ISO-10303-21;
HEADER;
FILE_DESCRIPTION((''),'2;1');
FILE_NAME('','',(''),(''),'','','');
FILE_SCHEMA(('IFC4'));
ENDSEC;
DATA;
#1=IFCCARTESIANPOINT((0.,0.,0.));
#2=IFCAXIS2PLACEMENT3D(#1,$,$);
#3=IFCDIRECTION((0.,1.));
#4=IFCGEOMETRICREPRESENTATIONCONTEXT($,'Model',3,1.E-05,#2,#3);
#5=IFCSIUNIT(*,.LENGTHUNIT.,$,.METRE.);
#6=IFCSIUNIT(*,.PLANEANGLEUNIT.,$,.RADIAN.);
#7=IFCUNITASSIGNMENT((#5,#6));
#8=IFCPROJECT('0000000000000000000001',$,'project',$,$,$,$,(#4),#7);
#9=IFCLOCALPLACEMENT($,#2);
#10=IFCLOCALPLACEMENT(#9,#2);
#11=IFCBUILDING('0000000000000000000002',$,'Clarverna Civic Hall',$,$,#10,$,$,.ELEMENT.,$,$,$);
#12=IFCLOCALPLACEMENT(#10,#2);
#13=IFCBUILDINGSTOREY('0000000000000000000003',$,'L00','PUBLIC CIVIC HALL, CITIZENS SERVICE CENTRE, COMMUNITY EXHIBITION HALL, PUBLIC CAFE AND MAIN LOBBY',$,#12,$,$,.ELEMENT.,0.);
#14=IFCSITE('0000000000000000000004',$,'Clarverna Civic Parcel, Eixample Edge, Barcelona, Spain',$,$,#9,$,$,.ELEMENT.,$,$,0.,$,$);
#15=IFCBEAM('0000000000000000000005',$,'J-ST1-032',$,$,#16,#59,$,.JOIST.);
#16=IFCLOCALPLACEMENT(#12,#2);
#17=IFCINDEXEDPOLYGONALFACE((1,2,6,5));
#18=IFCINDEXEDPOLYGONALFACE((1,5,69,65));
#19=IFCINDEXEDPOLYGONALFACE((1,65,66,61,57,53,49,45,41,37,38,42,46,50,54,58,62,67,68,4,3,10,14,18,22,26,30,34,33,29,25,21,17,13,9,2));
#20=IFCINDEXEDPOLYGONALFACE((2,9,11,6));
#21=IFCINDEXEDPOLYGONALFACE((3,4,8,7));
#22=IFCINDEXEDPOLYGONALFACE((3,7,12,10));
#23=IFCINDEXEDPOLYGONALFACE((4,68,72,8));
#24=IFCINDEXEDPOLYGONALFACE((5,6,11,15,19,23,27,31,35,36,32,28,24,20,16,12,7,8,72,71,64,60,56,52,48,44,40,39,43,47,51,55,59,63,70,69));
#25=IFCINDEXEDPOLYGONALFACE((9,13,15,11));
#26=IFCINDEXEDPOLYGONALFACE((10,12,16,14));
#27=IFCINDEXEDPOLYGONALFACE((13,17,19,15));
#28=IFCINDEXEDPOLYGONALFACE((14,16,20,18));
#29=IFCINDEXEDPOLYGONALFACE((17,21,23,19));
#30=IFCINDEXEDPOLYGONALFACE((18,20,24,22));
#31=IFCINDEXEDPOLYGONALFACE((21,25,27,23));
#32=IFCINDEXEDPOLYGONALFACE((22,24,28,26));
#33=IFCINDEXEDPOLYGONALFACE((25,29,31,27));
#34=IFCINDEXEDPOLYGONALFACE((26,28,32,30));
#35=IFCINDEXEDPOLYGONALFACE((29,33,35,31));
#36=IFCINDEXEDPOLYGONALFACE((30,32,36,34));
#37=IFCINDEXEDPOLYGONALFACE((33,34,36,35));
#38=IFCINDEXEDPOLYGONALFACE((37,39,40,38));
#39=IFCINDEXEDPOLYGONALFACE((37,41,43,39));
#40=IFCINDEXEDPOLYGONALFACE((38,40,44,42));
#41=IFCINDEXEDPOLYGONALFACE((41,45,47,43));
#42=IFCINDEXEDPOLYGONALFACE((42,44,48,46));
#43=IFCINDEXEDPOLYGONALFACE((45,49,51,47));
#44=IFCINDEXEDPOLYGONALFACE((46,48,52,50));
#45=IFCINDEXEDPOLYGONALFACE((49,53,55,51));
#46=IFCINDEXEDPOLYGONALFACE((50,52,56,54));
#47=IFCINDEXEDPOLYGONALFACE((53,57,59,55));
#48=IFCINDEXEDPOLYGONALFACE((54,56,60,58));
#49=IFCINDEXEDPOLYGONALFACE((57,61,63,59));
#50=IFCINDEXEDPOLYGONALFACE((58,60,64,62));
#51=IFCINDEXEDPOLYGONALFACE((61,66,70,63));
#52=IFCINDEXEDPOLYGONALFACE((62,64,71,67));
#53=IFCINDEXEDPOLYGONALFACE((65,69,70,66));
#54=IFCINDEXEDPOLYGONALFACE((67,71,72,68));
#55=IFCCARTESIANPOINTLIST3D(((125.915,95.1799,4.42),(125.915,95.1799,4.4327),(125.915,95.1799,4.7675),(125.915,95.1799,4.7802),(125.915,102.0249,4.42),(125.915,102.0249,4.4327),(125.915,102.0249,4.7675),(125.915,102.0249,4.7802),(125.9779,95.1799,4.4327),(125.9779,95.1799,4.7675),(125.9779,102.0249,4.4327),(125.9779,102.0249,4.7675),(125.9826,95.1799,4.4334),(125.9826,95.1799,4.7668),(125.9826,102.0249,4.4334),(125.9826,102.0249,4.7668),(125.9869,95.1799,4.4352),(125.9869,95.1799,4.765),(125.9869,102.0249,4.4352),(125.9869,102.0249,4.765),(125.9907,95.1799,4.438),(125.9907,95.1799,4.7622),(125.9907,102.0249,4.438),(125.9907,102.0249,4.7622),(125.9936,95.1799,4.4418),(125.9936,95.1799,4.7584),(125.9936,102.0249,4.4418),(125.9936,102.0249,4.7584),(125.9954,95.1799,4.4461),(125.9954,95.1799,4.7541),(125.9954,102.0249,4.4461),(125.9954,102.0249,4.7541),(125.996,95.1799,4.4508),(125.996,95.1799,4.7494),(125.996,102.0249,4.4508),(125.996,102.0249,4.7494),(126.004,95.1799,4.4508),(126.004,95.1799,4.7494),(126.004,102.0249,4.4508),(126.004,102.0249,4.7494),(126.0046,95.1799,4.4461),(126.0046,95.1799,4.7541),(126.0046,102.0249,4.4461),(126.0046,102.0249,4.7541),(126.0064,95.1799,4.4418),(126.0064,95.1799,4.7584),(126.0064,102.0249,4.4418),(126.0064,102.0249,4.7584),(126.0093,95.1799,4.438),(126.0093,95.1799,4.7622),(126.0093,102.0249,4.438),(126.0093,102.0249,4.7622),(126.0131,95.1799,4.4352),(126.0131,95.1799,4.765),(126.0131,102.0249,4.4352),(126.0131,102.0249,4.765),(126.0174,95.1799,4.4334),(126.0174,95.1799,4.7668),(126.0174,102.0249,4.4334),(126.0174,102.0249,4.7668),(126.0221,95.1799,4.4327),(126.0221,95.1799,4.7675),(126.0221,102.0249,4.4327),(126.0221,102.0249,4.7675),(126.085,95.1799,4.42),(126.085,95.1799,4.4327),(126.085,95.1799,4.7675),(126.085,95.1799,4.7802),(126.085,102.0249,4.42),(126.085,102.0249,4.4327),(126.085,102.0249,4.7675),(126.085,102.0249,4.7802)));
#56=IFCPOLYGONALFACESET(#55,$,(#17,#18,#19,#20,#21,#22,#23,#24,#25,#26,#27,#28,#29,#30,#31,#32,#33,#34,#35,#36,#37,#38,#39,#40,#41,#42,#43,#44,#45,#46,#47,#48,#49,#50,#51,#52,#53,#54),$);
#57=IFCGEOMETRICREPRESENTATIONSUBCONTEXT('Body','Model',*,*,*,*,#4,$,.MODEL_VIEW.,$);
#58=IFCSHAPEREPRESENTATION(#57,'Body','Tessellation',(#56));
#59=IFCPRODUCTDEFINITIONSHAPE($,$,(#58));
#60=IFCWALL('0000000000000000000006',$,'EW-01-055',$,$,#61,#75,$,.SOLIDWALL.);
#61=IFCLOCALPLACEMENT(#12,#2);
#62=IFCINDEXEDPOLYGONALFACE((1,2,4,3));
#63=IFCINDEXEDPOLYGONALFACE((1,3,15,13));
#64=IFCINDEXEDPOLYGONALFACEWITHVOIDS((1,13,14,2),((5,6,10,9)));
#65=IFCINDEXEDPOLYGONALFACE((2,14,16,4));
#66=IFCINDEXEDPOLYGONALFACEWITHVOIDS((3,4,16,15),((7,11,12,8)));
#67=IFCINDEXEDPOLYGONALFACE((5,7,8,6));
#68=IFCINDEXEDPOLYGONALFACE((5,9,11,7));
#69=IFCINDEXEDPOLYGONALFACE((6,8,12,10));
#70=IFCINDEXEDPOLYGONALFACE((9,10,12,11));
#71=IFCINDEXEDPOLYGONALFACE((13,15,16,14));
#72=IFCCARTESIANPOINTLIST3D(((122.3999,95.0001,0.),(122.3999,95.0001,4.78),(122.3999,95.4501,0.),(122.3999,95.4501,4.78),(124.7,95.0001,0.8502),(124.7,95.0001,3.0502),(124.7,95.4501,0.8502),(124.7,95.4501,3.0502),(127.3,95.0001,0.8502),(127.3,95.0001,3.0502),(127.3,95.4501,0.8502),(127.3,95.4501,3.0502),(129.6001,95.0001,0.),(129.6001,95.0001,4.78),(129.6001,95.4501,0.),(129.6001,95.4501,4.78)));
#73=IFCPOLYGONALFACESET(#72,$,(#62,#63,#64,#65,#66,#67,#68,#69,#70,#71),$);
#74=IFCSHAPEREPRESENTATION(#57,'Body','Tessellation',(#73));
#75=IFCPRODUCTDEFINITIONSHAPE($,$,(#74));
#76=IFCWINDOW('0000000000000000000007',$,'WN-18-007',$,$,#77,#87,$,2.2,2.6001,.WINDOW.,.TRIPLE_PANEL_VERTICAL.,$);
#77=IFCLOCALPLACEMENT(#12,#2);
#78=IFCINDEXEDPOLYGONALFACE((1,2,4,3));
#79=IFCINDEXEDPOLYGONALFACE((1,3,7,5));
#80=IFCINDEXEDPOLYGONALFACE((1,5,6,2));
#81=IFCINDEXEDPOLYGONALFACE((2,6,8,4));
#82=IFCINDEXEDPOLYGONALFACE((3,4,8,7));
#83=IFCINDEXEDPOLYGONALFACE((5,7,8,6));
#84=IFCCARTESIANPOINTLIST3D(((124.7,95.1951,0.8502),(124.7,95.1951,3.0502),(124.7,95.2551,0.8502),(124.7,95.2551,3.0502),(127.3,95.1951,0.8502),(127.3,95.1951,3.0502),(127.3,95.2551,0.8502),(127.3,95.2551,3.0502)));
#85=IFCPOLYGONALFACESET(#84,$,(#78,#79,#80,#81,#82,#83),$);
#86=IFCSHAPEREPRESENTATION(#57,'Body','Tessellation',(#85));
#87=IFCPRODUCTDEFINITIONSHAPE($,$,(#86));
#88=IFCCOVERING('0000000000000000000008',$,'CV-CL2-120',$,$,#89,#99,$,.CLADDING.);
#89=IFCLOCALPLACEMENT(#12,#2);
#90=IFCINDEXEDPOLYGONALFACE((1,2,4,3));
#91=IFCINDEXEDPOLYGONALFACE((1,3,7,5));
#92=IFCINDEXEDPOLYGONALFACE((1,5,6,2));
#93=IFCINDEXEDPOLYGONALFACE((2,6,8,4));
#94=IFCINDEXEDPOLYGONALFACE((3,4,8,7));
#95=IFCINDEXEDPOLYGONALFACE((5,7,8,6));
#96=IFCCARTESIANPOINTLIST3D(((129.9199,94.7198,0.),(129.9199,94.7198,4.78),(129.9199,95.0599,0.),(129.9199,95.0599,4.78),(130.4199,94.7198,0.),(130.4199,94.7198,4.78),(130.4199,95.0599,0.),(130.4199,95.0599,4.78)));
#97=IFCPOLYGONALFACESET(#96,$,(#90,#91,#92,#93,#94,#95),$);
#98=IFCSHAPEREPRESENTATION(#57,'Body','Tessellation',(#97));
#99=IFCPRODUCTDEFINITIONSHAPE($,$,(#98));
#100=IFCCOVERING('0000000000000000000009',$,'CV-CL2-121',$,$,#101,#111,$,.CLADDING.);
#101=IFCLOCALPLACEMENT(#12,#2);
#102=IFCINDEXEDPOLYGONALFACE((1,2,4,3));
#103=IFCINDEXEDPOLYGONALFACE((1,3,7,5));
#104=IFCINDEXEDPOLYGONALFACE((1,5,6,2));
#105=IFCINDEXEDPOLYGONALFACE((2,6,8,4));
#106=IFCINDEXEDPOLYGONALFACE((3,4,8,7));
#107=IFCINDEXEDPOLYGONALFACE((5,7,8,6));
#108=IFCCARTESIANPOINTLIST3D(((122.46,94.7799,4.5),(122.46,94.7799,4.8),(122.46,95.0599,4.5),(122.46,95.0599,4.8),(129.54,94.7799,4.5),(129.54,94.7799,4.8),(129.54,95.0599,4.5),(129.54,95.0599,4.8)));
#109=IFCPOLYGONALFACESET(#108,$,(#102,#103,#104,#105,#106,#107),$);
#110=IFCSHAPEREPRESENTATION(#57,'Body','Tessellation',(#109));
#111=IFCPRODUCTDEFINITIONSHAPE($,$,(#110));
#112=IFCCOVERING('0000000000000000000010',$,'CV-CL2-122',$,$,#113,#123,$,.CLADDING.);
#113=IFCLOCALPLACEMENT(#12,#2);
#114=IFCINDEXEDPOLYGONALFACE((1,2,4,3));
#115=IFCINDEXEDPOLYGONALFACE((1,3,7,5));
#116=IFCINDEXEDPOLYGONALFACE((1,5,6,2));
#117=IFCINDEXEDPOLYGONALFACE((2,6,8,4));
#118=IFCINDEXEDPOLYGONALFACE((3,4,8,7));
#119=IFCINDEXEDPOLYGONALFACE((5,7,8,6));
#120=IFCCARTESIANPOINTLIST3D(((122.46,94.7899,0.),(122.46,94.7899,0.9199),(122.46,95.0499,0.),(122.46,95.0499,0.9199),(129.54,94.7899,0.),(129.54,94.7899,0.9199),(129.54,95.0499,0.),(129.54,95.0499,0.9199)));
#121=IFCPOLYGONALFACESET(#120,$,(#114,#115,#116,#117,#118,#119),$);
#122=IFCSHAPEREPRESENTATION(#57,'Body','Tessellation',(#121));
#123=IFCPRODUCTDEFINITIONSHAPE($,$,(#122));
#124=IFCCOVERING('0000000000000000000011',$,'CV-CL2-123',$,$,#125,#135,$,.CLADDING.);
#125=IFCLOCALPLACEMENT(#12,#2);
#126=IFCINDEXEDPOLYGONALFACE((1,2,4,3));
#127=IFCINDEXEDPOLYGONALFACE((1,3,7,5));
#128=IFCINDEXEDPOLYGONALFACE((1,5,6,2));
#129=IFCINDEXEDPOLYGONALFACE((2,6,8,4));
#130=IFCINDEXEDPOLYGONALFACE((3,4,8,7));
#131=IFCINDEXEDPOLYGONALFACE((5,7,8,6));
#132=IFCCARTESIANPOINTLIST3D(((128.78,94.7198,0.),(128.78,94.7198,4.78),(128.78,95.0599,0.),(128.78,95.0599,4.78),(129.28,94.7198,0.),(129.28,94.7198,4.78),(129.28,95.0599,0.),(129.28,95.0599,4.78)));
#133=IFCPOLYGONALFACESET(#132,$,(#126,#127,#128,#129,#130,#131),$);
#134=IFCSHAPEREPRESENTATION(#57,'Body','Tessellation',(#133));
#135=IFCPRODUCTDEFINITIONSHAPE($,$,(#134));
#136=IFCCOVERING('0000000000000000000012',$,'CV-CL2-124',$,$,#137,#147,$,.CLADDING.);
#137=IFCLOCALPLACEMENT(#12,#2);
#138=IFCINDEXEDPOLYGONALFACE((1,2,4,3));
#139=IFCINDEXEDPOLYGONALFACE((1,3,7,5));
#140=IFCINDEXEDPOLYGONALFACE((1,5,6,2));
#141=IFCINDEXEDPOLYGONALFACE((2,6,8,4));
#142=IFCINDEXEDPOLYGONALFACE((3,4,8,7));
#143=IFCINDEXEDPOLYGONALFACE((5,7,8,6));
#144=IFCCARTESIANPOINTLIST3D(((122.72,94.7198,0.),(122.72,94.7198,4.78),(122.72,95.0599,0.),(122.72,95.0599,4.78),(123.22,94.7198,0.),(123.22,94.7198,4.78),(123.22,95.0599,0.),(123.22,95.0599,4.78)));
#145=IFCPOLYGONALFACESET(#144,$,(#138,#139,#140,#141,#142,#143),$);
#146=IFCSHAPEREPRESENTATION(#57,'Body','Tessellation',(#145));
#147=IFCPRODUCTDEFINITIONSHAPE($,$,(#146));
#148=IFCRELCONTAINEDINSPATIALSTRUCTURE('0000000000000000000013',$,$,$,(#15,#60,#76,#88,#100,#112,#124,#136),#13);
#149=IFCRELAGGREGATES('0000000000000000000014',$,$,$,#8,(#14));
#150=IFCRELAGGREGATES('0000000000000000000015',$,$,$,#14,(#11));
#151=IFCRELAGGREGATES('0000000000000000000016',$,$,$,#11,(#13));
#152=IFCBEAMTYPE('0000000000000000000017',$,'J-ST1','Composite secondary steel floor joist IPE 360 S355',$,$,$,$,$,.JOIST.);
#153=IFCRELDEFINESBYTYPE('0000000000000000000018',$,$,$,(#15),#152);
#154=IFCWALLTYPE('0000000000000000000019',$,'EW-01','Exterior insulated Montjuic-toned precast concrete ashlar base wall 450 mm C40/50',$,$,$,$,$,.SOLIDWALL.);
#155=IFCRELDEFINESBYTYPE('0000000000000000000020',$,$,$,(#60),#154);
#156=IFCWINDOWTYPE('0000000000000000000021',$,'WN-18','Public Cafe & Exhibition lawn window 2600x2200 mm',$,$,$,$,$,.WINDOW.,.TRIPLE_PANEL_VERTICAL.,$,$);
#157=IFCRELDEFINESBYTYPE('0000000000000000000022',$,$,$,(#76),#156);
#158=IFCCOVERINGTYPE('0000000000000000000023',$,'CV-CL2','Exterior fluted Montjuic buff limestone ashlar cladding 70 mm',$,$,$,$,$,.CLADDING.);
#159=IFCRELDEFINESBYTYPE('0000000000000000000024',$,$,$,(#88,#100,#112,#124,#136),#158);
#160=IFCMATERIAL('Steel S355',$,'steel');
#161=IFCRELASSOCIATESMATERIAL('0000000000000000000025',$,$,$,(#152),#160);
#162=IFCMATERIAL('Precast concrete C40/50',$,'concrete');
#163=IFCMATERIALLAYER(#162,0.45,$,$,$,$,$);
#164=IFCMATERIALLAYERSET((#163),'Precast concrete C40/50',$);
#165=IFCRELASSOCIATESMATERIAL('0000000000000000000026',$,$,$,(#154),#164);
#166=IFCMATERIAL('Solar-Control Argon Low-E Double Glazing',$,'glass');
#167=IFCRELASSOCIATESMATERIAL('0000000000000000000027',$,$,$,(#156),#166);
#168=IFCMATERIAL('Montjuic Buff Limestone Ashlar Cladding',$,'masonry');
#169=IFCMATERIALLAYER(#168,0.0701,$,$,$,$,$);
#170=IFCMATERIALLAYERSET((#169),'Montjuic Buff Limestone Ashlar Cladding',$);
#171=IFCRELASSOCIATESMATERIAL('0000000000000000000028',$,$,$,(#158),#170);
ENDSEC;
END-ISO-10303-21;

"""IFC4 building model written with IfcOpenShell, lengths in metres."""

from ifc_helpers import new_model, si_unit, direction, frame, frame_2d, origin, origin_2d, place, context, subcontext, project, spatial, rectangle, i_section, extrude, material, layer, layer_set, material_profile, profile_set, type_object, element, fill, save


model = new_model("IFC4")

# Units and contexts
model_context = context("Model", 3, precision=1e-05, world=origin(), true_north=direction((0.0, 1.0)))
body_context = subcontext(model_context, "Body", "Model", "MODEL_VIEW")
ifc_project = project(units=[si_unit("LENGTHUNIT", "METRE"), si_unit("PLANEANGLEUNIT", "RADIAN")], contexts=[model_context])

# Site, building, storey
site_placement = place(None, origin())
site = spatial("IfcSite", under=ifc_project, at=site_placement, Name="Clarverna Civic Parcel, Eixample Edge, Barcelona, Spain", CompositionType="ELEMENT", RefElevation=0.0)
building_placement = place(site_placement, origin())
building = spatial("IfcBuilding", under=site, at=building_placement, Name="Clarverna Civic Hall", CompositionType="ELEMENT")
storey_placement = place(building_placement, origin())
storey = spatial("IfcBuildingStorey", under=building, at=storey_placement, Name="L00", Description="PUBLIC CIVIC HALL, CITIZENS SERVICE CENTRE, COMMUNITY EXHIBITION HALL, PUBLIC CAFE AND MAIN LOBBY", CompositionType="ELEMENT", Elevation=0.0)

# Beam
ifc_material_1 = material(Name="Steel S355", Category="steel")
ifc_material_profile_1 = material_profile(ifc_material_1, i_section(OverallWidth=0.1699, OverallDepth=0.3601, WebThickness=0.0081, FlangeThickness=0.0127, FilletRadius=0.0181, at=origin_2d()), Name="IPE 360")
ifc_profile_set_1 = profile_set([ifc_material_profile_1], Name="Steel S355")
beam_type_1 = type_object("IfcBeamType", Name="J-ST1", Description="Composite secondary steel floor joist IPE 360 S355", PredefinedType="JOIST", material=ifc_profile_set_1)
beam_1_placement = place(storey_placement, frame((126.0, 95.1799, 4.6001), z_axis=(0.0, 1.0, 0.0), x_axis=(-1.0, 0.0, 0.0)))
element("IfcBeam", 1, at=beam_1_placement, inside=storey, type_object=beam_type_1, Name="J-ST1-032", PredefinedType="JOIST", context=body_context, shape_type="SweptSolid", body=[
    extrude(i_section(OverallWidth=0.1699, OverallDepth=0.3601, WebThickness=0.0081, FlangeThickness=0.0127, FilletRadius=0.0181, at=origin_2d()), origin(), (0.0, 0.0, 1.0), 6.845),
])

# Wall, opening, window
ifc_material_2 = material(Name="Precast concrete C40/50", Category="concrete")
ifc_layer_1 = layer(ifc_material_2, 0.45)
ifc_layer_set_1 = layer_set([ifc_layer_1], Name="Precast concrete C40/50")
wall_type = type_object("IfcWallType", Name="EW-01", Description="Exterior insulated Montjuic-toned precast concrete ashlar base wall 450 mm C40/50", PredefinedType="SOLIDWALL", material=ifc_layer_set_1)
wall_1_placement = place(storey_placement, frame((129.6001, 95.2251, 0.0), z_axis=(0.0, 0.0, 1.0), x_axis=(-1.0, 0.0, 0.0)))
wall_1 = element("IfcWall", 2, at=wall_1_placement, inside=storey, type_object=wall_type, Name="EW-01-055", PredefinedType="SOLIDWALL", context=body_context, shape_type="SweptSolid", body=[
    extrude(rectangle(XDim=7.2002, YDim=0.45, at=frame_2d((3.6001, 0.0))), origin(), (0.0, 0.0, 1.0), 4.78),
])
opening_1_placement = place(wall_1_placement, frame((2.3, 0.0, 0.8501)))
opening_1 = element("IfcOpeningElement", 3, at=opening_1_placement, cuts=wall_1, PredefinedType="OPENING", context=body_context, shape_type="SweptSolid", body=[
    extrude(rectangle(XDim=2.6001, YDim=2.2, at=frame_2d((1.3, 1.1001))), frame((0.0, 0.2349, 0.0), z_axis=(0.0, -1.0, 0.0), x_axis=(1.0, 0.0, 0.0)), (0.0, 0.0, 1.0), 0.47),
])
ifc_material_3 = material(Name="Solar-Control Argon Low-E Double Glazing", Category="glass")
window_type = type_object("IfcWindowType", Name="WN-18", Description="Public Cafe & Exhibition lawn window 2600x2200 mm", PartitioningType="TRIPLE_PANEL_VERTICAL", PredefinedType="WINDOW", material=ifc_material_3)
window_placement = place(opening_1_placement, origin())
window = element("IfcWindow", 4, at=window_placement, inside=storey, type_object=window_type, Name="WN-18-007", OverallHeight=2.2, OverallWidth=2.6001, PartitioningType="TRIPLE_PANEL_VERTICAL", PredefinedType="WINDOW", context=body_context, shape_type="SweptSolid", body=[
    extrude(rectangle(XDim=2.6001, YDim=2.2, at=frame_2d((1.3, 1.1001))), frame((0.0, 0.03, 0.0), z_axis=(0.0, -1.0, 0.0), x_axis=(1.0, 0.0, 0.0)), (0.0, 0.0, 1.0), 0.0601),
])
fill(opening_1, window)

# Coverings
ifc_material_4 = material(Name="Montjuic Buff Limestone Ashlar Cladding", Category="masonry")
ifc_layer_2 = layer(ifc_material_4, 0.0701)
ifc_layer_set_2 = layer_set([ifc_layer_2], Name="Montjuic Buff Limestone Ashlar Cladding")
covering_type = type_object("IfcCoveringType", Name="CV-CL2", Description="Exterior fluted Montjuic buff limestone ashlar cladding 70 mm", PredefinedType="CLADDING", material=ifc_layer_set_2)
covering_1_placement = place(storey_placement, frame((130.4199, 94.8899, 0.0), z_axis=(0.0, 0.0, 1.0), x_axis=(-1.0, 0.0, 0.0)))
element("IfcCovering", 5, at=covering_1_placement, inside=storey, type_object=covering_type, Name="CV-CL2-120", PredefinedType="CLADDING", context=body_context, shape_type="SweptSolid", body=[
    extrude(rectangle(XDim=0.5, YDim=0.3401, at=frame_2d((0.25, 0.0))), origin(), (0.0, 0.0, 1.0), 4.78),
])
covering_2_placement = place(storey_placement, frame((129.54, 94.9199, 4.5), z_axis=(0.0, 0.0, 1.0), x_axis=(-1.0, 0.0, 0.0)))
element("IfcCovering", 6, at=covering_2_placement, inside=storey, type_object=covering_type, Name="CV-CL2-121", PredefinedType="CLADDING", context=body_context, shape_type="SweptSolid", body=[
    extrude(rectangle(XDim=7.0801, YDim=0.28, at=frame_2d((3.54, 0.0))), origin(), (0.0, 0.0, 1.0), 0.3),
])
covering_3_placement = place(storey_placement, frame((129.54, 94.9199, 0.0), z_axis=(0.0, 0.0, 1.0), x_axis=(-1.0, 0.0, 0.0)))
element("IfcCovering", 7, at=covering_3_placement, inside=storey, type_object=covering_type, Name="CV-CL2-122", PredefinedType="CLADDING", context=body_context, shape_type="SweptSolid", body=[
    extrude(rectangle(XDim=7.0801, YDim=0.26, at=frame_2d((3.54, 0.0))), origin(), (0.0, 0.0, 1.0), 0.9199),
])
for number, where, z_axis, x_axis, name in (
    (8, (129.28, 94.8899, 0.0), (0.0, 0.0, 1.0), (-1.0, 0.0, 0.0), "CV-CL2-123"),
    (9, (123.22, 94.8899, 0.0), (0.0, 0.0, 1.0), (-1.0, 0.0, 0.0), "CV-CL2-124"),
):
    element("IfcCovering", number, at=place(storey_placement, frame(where, z_axis=z_axis, x_axis=x_axis)), inside=storey, type_object=covering_type, Name=name, PredefinedType="CLADDING", context=body_context, shape_type="SweptSolid", body=[
        extrude(rectangle(XDim=0.5, YDim=0.3401, at=frame_2d((0.25, 0.0))), origin(), (0.0, 0.0, 1.0), 4.78),
    ])

save(model, "model.ifc")
